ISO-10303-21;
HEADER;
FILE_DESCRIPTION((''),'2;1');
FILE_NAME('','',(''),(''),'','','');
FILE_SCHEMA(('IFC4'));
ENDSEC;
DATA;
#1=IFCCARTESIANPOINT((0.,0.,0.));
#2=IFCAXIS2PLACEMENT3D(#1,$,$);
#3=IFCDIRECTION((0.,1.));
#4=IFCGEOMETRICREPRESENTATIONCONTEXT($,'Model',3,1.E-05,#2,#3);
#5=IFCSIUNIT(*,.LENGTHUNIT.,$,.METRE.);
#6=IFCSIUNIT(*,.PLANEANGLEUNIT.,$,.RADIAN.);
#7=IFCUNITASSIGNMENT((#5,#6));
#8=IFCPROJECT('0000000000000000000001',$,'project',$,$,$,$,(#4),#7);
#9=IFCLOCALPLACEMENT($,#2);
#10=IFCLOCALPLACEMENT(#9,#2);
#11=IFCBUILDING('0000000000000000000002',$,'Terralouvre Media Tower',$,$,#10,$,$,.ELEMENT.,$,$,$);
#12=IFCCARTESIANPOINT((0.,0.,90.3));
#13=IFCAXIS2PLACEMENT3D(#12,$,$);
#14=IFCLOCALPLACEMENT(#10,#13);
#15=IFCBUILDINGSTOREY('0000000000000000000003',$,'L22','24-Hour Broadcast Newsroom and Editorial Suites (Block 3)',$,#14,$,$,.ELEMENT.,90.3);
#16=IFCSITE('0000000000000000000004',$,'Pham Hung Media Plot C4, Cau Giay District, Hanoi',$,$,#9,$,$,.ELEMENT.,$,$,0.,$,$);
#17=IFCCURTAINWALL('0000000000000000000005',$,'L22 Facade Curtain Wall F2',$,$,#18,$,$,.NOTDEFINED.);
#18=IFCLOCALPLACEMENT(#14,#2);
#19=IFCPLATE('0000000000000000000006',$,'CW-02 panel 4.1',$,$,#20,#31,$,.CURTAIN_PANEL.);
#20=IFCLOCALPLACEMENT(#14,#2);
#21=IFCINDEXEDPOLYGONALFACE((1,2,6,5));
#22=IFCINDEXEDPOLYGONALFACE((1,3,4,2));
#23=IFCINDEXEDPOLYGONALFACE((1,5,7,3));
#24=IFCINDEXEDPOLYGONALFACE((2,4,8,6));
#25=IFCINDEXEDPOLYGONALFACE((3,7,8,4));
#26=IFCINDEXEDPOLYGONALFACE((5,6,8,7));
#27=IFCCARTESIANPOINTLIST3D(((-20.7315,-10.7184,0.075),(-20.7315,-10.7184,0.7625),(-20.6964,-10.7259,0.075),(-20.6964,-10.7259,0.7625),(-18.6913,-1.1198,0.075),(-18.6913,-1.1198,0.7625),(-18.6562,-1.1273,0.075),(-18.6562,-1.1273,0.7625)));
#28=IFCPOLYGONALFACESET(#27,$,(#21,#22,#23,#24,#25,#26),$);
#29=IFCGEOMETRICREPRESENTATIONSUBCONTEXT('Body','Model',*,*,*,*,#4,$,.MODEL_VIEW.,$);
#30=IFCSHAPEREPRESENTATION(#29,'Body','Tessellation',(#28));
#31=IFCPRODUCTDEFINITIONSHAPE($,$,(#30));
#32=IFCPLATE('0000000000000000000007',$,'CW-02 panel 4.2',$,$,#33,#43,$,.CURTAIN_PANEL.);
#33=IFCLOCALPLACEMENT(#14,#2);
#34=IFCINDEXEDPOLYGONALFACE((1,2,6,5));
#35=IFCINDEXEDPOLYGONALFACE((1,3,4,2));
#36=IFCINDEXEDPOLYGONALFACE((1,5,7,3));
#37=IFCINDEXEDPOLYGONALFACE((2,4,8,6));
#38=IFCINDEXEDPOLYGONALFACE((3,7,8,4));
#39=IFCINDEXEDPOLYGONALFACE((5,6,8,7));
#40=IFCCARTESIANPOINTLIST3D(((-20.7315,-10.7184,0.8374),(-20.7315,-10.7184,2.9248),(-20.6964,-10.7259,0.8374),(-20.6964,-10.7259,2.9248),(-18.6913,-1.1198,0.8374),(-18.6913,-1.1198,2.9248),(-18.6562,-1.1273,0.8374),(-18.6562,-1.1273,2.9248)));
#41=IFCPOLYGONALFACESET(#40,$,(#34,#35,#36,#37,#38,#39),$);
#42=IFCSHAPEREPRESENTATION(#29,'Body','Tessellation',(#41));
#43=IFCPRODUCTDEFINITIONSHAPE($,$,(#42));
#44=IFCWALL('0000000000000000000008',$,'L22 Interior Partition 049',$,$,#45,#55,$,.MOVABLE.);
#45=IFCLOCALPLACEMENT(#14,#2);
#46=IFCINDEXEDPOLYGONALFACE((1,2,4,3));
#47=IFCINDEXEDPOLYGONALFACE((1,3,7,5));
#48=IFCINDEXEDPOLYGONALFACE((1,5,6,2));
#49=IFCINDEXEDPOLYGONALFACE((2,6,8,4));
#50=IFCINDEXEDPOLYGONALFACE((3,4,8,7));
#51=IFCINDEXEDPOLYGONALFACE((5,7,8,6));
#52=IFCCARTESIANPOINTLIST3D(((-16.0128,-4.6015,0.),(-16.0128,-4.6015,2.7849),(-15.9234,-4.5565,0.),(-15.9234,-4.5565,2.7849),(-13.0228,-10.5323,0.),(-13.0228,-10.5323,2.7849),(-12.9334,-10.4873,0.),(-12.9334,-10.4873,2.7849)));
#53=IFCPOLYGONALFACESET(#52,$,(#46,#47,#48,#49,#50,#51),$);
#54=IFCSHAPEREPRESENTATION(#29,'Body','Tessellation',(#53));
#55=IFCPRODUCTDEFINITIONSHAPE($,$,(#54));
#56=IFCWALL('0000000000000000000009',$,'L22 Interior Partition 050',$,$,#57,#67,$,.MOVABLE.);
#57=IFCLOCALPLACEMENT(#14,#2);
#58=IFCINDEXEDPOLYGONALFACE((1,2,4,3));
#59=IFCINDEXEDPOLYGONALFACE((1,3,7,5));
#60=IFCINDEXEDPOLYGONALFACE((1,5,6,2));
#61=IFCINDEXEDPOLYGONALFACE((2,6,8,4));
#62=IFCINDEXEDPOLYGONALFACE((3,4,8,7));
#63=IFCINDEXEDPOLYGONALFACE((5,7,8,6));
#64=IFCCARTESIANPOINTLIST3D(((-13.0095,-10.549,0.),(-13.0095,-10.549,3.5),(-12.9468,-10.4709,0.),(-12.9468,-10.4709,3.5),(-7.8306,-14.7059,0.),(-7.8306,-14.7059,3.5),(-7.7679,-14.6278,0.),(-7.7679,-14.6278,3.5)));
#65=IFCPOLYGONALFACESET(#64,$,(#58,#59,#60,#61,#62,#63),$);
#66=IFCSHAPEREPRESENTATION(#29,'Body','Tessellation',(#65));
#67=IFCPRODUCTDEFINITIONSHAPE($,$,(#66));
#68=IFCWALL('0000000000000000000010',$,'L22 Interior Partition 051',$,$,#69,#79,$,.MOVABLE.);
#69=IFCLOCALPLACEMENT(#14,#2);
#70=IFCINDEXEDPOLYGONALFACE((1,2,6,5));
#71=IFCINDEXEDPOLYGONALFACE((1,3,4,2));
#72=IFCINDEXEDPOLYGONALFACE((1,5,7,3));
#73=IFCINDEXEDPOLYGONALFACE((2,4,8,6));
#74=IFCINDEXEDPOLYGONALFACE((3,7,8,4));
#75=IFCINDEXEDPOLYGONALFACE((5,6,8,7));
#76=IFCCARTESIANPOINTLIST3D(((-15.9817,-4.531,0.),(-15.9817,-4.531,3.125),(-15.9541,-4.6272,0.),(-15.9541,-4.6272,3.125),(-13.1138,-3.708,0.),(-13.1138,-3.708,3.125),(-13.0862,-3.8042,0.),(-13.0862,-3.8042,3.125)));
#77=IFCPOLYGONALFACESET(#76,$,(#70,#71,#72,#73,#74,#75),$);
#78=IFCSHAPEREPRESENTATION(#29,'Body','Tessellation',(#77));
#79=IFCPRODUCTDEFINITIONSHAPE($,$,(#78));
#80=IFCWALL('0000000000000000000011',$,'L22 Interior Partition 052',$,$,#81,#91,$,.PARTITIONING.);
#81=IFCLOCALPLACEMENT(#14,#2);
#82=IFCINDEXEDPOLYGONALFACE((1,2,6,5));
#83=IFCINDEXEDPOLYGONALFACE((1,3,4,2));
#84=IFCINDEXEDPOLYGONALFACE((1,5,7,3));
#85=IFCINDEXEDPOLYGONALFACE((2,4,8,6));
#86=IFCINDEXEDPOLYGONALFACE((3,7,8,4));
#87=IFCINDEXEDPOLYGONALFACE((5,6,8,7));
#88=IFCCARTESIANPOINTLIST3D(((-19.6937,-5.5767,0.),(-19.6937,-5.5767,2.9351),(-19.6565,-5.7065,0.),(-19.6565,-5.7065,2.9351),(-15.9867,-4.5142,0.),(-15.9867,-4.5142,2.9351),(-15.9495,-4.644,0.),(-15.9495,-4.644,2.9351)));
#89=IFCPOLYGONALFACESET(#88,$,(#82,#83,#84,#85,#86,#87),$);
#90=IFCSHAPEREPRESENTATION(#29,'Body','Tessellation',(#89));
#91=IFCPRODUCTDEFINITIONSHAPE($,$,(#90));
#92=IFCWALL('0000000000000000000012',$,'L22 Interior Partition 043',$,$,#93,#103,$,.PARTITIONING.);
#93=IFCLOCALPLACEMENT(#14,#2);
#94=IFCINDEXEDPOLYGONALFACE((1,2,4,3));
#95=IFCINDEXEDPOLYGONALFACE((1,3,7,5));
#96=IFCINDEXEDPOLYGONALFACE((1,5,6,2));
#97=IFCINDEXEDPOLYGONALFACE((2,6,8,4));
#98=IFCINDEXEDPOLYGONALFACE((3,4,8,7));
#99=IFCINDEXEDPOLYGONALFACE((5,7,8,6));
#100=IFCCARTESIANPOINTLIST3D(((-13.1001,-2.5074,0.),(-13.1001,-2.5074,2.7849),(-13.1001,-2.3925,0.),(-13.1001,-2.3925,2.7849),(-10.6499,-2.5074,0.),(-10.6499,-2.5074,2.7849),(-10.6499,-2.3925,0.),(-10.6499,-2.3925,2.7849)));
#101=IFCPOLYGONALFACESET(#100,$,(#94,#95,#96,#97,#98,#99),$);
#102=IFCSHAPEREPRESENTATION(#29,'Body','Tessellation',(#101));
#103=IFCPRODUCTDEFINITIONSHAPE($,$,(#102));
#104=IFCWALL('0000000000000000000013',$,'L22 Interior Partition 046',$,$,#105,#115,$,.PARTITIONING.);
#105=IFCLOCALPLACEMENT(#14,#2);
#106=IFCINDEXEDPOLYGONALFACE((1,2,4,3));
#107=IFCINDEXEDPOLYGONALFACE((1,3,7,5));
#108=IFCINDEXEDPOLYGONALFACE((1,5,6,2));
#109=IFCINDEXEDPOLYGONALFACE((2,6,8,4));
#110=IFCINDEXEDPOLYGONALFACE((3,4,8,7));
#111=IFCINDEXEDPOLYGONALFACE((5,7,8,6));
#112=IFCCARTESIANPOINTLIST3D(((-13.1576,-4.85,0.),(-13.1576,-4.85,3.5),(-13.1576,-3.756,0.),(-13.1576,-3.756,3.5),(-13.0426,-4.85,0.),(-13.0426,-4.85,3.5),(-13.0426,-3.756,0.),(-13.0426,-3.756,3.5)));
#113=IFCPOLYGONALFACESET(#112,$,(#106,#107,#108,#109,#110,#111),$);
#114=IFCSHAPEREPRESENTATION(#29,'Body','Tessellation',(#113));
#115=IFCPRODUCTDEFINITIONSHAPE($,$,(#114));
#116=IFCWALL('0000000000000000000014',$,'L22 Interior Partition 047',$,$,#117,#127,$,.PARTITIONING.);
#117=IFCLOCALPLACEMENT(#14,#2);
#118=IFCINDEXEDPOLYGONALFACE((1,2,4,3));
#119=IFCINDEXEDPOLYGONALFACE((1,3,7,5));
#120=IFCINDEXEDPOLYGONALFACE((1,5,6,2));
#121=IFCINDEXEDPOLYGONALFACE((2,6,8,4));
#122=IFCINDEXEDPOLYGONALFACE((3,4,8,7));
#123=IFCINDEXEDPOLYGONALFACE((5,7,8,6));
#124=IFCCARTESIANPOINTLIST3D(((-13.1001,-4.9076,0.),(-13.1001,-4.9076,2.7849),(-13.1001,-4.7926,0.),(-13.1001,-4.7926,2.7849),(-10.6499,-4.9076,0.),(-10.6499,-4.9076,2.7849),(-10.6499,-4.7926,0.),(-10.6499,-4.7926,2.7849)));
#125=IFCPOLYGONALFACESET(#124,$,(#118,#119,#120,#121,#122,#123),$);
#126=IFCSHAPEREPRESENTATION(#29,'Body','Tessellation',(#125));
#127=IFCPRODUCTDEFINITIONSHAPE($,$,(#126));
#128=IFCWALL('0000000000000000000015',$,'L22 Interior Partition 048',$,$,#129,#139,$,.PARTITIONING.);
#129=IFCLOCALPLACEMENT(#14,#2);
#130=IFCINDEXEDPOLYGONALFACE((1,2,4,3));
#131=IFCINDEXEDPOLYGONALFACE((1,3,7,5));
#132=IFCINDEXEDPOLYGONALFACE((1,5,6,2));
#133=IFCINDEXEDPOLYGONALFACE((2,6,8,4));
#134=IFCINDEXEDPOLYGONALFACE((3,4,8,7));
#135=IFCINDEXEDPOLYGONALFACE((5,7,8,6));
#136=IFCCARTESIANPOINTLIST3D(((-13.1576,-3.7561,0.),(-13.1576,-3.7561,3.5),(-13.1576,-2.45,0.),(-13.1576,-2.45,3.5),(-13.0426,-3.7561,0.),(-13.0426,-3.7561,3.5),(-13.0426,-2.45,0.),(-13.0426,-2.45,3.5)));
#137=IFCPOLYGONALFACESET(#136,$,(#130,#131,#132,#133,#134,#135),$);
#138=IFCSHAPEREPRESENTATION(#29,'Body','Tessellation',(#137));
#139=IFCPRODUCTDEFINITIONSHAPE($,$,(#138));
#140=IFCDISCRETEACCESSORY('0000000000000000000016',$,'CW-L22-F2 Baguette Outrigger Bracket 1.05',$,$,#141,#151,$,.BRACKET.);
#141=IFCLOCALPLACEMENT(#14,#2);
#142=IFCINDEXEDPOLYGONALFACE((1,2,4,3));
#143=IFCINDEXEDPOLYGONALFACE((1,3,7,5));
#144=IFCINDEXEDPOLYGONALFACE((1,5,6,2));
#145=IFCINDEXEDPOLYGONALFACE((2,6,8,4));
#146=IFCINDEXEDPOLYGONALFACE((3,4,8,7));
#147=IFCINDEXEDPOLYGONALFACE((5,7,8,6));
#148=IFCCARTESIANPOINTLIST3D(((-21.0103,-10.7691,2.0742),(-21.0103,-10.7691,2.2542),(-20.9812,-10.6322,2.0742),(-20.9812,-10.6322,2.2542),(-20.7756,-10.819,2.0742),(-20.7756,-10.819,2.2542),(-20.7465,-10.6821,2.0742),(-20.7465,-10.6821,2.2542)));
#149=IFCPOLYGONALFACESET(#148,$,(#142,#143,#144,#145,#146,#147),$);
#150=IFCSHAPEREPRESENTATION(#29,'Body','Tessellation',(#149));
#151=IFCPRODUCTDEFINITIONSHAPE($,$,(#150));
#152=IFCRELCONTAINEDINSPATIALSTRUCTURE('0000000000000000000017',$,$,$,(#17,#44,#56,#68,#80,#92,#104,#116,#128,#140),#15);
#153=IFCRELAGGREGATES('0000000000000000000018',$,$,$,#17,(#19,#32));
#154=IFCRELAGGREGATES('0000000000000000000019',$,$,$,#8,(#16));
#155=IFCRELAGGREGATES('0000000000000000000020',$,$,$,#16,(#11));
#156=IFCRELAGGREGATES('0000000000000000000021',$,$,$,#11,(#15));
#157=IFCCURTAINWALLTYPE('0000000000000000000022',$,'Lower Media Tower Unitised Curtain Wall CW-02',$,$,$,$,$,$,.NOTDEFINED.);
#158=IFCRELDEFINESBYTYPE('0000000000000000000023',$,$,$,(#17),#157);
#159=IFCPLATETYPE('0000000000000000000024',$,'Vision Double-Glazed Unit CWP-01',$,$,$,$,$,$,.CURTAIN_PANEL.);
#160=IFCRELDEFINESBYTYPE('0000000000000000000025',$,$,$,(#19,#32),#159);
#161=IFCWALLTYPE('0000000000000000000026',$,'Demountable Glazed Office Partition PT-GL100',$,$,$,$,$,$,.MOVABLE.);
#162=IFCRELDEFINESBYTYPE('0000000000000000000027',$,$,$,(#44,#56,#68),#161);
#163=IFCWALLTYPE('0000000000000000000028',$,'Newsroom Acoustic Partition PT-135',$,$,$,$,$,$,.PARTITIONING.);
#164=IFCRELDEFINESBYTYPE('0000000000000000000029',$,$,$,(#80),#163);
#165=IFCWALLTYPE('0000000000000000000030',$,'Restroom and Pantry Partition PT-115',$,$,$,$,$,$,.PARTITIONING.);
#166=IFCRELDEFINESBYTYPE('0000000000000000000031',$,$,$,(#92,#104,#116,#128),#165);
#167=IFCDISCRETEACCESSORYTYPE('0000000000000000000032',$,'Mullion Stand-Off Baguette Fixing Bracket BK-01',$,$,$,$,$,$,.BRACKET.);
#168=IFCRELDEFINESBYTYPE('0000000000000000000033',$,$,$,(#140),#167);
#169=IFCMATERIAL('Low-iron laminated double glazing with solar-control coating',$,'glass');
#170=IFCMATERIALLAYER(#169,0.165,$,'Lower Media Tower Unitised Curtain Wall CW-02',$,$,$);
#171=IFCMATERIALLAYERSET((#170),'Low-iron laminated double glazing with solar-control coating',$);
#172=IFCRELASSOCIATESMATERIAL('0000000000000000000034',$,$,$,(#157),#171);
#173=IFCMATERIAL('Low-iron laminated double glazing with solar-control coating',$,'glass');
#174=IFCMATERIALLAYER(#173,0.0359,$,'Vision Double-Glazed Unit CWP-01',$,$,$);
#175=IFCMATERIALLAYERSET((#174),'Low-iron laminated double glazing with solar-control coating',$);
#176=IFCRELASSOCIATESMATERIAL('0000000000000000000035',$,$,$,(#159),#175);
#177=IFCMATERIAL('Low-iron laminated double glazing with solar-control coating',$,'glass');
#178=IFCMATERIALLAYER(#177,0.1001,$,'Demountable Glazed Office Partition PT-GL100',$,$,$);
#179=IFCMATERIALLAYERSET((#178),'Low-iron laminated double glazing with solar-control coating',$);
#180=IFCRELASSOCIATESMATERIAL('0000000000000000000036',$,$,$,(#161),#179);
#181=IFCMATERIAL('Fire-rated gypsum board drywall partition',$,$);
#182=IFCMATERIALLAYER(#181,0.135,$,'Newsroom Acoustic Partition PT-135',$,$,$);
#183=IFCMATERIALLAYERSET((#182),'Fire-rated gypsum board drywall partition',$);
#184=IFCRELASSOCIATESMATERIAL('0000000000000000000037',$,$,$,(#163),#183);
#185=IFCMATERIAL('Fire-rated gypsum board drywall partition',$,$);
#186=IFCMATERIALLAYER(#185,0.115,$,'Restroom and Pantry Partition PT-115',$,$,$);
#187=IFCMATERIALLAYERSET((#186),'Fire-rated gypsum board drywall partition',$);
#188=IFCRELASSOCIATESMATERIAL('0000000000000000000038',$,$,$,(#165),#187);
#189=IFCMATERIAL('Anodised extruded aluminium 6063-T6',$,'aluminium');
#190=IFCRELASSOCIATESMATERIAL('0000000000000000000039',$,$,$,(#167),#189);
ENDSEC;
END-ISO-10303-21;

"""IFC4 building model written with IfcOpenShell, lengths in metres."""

from ifc_helpers import new_model, si_unit, direction, frame, frame_2d, origin, origin_2d, place, context, subcontext, project, spatial, rectangle, extrude, material, layer, layer_set, type_object, element, aggregate, save


model = new_model("IFC4")

# Units and contexts
model_context = context("Model", 3, precision=1e-05, world=origin(), true_north=direction((0.0, 1.0)))
body_context = subcontext(model_context, "Body", "Model", "MODEL_VIEW")
ifc_project = project(units=[si_unit("LENGTHUNIT", "METRE"), si_unit("PLANEANGLEUNIT", "RADIAN")], contexts=[model_context])

# Site, building, storey
site_placement = place(None, origin())
site = spatial("IfcSite", under=ifc_project, at=site_placement, Name="Pham Hung Media Plot C4, Cau Giay District, Hanoi", CompositionType="ELEMENT", RefElevation=0.0)
building_placement = place(site_placement, origin())
building = spatial("IfcBuilding", under=site, at=building_placement, Name="Terralouvre Media Tower", CompositionType="ELEMENT")
storey_placement = place(building_placement, frame((0.0, 0.0, 90.3)))
storey = spatial("IfcBuildingStorey", under=building, at=storey_placement, Name="L22", Description="24-Hour Broadcast Newsroom and Editorial Suites (Block 3)", CompositionType="ELEMENT", Elevation=90.3)

# Curtain wall
ifc_material_1 = material(Name="Low-iron laminated double glazing with solar-control coating", Category="glass")
ifc_layer_1 = layer(ifc_material_1, 0.165, Name="Lower Media Tower Unitised Curtain Wall CW-02")
ifc_layer_set_1 = layer_set([ifc_layer_1], Name="Low-iron laminated double glazing with solar-control coating")
curtain_wall_type = type_object("IfcCurtainWallType", Name="Lower Media Tower Unitised Curtain Wall CW-02", PredefinedType="NOTDEFINED", material=ifc_layer_set_1)
curtain_wall_placement = place(storey_placement, origin())
curtain_wall = element("IfcCurtainWall", 1, at=curtain_wall_placement, inside=storey, type_object=curtain_wall_type, Name="L22 Facade Curtain Wall F2", PredefinedType="NOTDEFINED")

# Plates
ifc_material_2 = material(Name="Low-iron laminated double glazing with solar-control coating", Category="glass")
ifc_layer_2 = layer(ifc_material_2, 0.0359, Name="Vision Double-Glazed Unit CWP-01")
ifc_layer_set_2 = layer_set([ifc_layer_2], Name="Low-iron laminated double glazing with solar-control coating")
plate_type = type_object("IfcPlateType", Name="Vision Double-Glazed Unit CWP-01", PredefinedType="CURTAIN_PANEL", material=ifc_layer_set_2)
plate_1_placement = place(storey_placement, frame((-19.6938, -5.9229, 0.075), z_axis=(0.0, 0.0, 1.0), x_axis=(-0.207912, -0.978148, 0.0)))
plate_1 = element("IfcPlate", 2, at=plate_1_placement, type_object=plate_type, Name="CW-02 panel 4.1", PredefinedType="CURTAIN_PANEL", context=body_context, shape_type="SweptSolid", body=[
    extrude(rectangle(XDim=9.813, YDim=0.0359, at=origin_2d()), origin(), (0.0, 0.0, 1.0), 0.6875),
])
plate_2_placement = place(storey_placement, frame((-19.6938, -5.9229, 0.8374), z_axis=(0.0, 0.0, 1.0), x_axis=(-0.207912, -0.978148, 0.0)))
plate_2 = element("IfcPlate", 3, at=plate_2_placement, type_object=plate_type, Name="CW-02 panel 4.2", PredefinedType="CURTAIN_PANEL", context=body_context, shape_type="SweptSolid", body=[
    extrude(rectangle(XDim=9.813, YDim=0.0359, at=origin_2d()), origin(), (0.0, 0.0, 1.0), 2.0874),
])
aggregate(curtain_wall, [plate_1, plate_2])

# Walls
ifc_material_3 = material(Name="Low-iron laminated double glazing with solar-control coating", Category="glass")
ifc_layer_3 = layer(ifc_material_3, 0.1001, Name="Demountable Glazed Office Partition PT-GL100")
ifc_layer_set_3 = layer_set([ifc_layer_3], Name="Low-iron laminated double glazing with solar-control coating")
wall_type_1 = type_object("IfcWallType", Name="Demountable Glazed Office Partition PT-GL100", PredefinedType="MOVABLE", material=ifc_layer_set_3)
wall_1_placement = place(storey_placement, frame((-15.968, -4.5791, 0.0), z_axis=(0.0, 0.0, 1.0), x_axis=(0.450166, -0.892945, 0.0)))
element("IfcWall", 4, at=wall_1_placement, inside=storey, type_object=wall_type_1, Name="L22 Interior Partition 049", PredefinedType="MOVABLE", context=body_context, shape_type="SweptSolid", body=[
    extrude(rectangle(XDim=6.6418, YDim=0.1001, at=frame_2d((3.3208, 0.0))), origin(), (0.0, 0.0, 1.0), 2.7849),
])
wall_2_placement = place(storey_placement, frame((-12.978, -10.51, 0.0), z_axis=(0.0, 0.0, 1.0), x_axis=(0.779853, -0.625963, 0.0)))
element("IfcWall", 5, at=wall_2_placement, inside=storey, type_object=wall_type_1, Name="L22 Interior Partition 050", PredefinedType="MOVABLE", context=body_context, shape_type="SweptSolid", body=[
    extrude(rectangle(XDim=6.6409, YDim=0.1001, at=frame_2d((3.3203, 0.0))), origin(), (0.0, 0.0, 1.0), 3.5),
])
wall_3_placement = place(storey_placement, frame((-13.1001, -3.7561, 0.0), z_axis=(0.0, 0.0, 1.0), x_axis=(-0.961205, -0.275834, 0.0)))
element("IfcWall", 6, at=wall_3_placement, inside=storey, type_object=wall_type_1, Name="L22 Interior Partition 051", PredefinedType="MOVABLE", context=body_context, shape_type="SweptSolid", body=[
    extrude(rectangle(XDim=2.9836, YDim=0.1001, at=frame_2d((1.4917, 0.0))), origin(), (0.0, 0.0, 1.0), 3.125),
])
ifc_material_4 = material(Name="Fire-rated gypsum board drywall partition")
ifc_layer_4 = layer(ifc_material_4, 0.135, Name="Newsroom Acoustic Partition PT-135")
ifc_layer_set_4 = layer_set([ifc_layer_4], Name="Fire-rated gypsum board drywall partition")
wall_type_2 = type_object("IfcWallType", Name="Newsroom Acoustic Partition PT-135", PredefinedType="PARTITIONING", material=ifc_layer_set_4)
wall_4_placement = place(storey_placement, frame((-15.968, -4.5791, 0.0), z_axis=(0.0, 0.0, 1.0), x_axis=(-0.961294, -0.275524, 0.0)))
element("IfcWall", 7, at=wall_4_placement, inside=storey, type_object=wall_type_2, Name="L22 Interior Partition 052", PredefinedType="PARTITIONING", context=body_context, shape_type="SweptSolid", body=[
    extrude(rectangle(XDim=3.8562, YDim=0.135, at=frame_2d((1.9282, 0.0))), origin(), (0.0, 0.0, 1.0), 2.9351),
])
ifc_material_5 = material(Name="Fire-rated gypsum board drywall partition")
ifc_layer_5 = layer(ifc_material_5, 0.115, Name="Restroom and Pantry Partition PT-115")
ifc_layer_set_5 = layer_set([ifc_layer_5], Name="Fire-rated gypsum board drywall partition")
wall_type_3 = type_object("IfcWallType", Name="Restroom and Pantry Partition PT-115", PredefinedType="PARTITIONING", material=ifc_layer_set_5)
wall_5_placement = place(storey_placement, frame((-13.1001, -2.45, 0.0), z_axis=(0.0, 0.0, 1.0), x_axis=(1.0, 0.0, 0.0)))
element("IfcWall", 8, at=wall_5_placement, inside=storey, type_object=wall_type_3, Name="L22 Interior Partition 043", PredefinedType="PARTITIONING", context=body_context, shape_type="SweptSolid", body=[
    extrude(rectangle(XDim=2.4502, YDim=0.115, at=frame_2d((1.2251, 0.0))), origin(), (0.0, 0.0, 1.0), 2.7849),
])
wall_6_placement = place(storey_placement, frame((-13.1001, -3.7561, 0.0), z_axis=(0.0, 0.0, 1.0), x_axis=(0.0, -1.0, 0.0)))
element("IfcWall", 9, at=wall_6_placement, inside=storey, type_object=wall_type_3, Name="L22 Interior Partition 046", PredefinedType="PARTITIONING", context=body_context, shape_type="SweptSolid", body=[
    extrude(rectangle(XDim=1.094, YDim=0.115, at=frame_2d((0.5469, 0.0))), origin(), (0.0, 0.0, 1.0), 3.5),
])
wall_7_placement = place(storey_placement, frame((-13.1001, -4.8501, 0.0), z_axis=(0.0, 0.0, 1.0), x_axis=(1.0, 0.0, 0.0)))
element("IfcWall", 10, at=wall_7_placement, inside=storey, type_object=wall_type_3, Name="L22 Interior Partition 047", PredefinedType="PARTITIONING", context=body_context, shape_type="SweptSolid", body=[
    extrude(rectangle(XDim=2.4502, YDim=0.115, at=frame_2d((1.2251, 0.0))), origin(), (0.0, 0.0, 1.0), 2.7849),
])
wall_8_placement = place(storey_placement, frame((-13.1001, -2.45, 0.0), z_axis=(0.0, 0.0, 1.0), x_axis=(0.0, -1.0, 0.0)))
element("IfcWall", 11, at=wall_8_placement, inside=storey, type_object=wall_type_3, Name="L22 Interior Partition 048", PredefinedType="PARTITIONING", context=body_context, shape_type="SweptSolid", body=[
    extrude(rectangle(XDim=1.3062, YDim=0.115, at=frame_2d((0.6531, 0.0))), origin(), (0.0, 0.0, 1.0), 3.5),
])

# Discrete accessory
ifc_material_6 = material(Name="Anodised extruded aluminium 6063-T6", Category="aluminium")
discrete_accessory_type = type_object("IfcDiscreteAccessoryType", Name="Mullion Stand-Off Baguette Fixing Bracket BK-01", PredefinedType="BRACKET", material=ifc_material_6)
discrete_accessory_placement = place(storey_placement, frame((-20.8784, -10.7256, 2.0742), z_axis=(0.0, 0.0, 1.0), x_axis=(-0.207912, -0.978148, 0.0)))
element("IfcDiscreteAccessory", 12, at=discrete_accessory_placement, inside=storey, type_object=discrete_accessory_type, Name="CW-L22-F2 Baguette Outrigger Bracket 1.05", PredefinedType="BRACKET", context=body_context, shape_type="SweptSolid", body=[
    extrude(rectangle(XDim=0.1399, YDim=0.24, at=origin_2d()), origin(), (0.0, 0.0, 1.0), 0.1799),
])

save(model, "model.ifc")
